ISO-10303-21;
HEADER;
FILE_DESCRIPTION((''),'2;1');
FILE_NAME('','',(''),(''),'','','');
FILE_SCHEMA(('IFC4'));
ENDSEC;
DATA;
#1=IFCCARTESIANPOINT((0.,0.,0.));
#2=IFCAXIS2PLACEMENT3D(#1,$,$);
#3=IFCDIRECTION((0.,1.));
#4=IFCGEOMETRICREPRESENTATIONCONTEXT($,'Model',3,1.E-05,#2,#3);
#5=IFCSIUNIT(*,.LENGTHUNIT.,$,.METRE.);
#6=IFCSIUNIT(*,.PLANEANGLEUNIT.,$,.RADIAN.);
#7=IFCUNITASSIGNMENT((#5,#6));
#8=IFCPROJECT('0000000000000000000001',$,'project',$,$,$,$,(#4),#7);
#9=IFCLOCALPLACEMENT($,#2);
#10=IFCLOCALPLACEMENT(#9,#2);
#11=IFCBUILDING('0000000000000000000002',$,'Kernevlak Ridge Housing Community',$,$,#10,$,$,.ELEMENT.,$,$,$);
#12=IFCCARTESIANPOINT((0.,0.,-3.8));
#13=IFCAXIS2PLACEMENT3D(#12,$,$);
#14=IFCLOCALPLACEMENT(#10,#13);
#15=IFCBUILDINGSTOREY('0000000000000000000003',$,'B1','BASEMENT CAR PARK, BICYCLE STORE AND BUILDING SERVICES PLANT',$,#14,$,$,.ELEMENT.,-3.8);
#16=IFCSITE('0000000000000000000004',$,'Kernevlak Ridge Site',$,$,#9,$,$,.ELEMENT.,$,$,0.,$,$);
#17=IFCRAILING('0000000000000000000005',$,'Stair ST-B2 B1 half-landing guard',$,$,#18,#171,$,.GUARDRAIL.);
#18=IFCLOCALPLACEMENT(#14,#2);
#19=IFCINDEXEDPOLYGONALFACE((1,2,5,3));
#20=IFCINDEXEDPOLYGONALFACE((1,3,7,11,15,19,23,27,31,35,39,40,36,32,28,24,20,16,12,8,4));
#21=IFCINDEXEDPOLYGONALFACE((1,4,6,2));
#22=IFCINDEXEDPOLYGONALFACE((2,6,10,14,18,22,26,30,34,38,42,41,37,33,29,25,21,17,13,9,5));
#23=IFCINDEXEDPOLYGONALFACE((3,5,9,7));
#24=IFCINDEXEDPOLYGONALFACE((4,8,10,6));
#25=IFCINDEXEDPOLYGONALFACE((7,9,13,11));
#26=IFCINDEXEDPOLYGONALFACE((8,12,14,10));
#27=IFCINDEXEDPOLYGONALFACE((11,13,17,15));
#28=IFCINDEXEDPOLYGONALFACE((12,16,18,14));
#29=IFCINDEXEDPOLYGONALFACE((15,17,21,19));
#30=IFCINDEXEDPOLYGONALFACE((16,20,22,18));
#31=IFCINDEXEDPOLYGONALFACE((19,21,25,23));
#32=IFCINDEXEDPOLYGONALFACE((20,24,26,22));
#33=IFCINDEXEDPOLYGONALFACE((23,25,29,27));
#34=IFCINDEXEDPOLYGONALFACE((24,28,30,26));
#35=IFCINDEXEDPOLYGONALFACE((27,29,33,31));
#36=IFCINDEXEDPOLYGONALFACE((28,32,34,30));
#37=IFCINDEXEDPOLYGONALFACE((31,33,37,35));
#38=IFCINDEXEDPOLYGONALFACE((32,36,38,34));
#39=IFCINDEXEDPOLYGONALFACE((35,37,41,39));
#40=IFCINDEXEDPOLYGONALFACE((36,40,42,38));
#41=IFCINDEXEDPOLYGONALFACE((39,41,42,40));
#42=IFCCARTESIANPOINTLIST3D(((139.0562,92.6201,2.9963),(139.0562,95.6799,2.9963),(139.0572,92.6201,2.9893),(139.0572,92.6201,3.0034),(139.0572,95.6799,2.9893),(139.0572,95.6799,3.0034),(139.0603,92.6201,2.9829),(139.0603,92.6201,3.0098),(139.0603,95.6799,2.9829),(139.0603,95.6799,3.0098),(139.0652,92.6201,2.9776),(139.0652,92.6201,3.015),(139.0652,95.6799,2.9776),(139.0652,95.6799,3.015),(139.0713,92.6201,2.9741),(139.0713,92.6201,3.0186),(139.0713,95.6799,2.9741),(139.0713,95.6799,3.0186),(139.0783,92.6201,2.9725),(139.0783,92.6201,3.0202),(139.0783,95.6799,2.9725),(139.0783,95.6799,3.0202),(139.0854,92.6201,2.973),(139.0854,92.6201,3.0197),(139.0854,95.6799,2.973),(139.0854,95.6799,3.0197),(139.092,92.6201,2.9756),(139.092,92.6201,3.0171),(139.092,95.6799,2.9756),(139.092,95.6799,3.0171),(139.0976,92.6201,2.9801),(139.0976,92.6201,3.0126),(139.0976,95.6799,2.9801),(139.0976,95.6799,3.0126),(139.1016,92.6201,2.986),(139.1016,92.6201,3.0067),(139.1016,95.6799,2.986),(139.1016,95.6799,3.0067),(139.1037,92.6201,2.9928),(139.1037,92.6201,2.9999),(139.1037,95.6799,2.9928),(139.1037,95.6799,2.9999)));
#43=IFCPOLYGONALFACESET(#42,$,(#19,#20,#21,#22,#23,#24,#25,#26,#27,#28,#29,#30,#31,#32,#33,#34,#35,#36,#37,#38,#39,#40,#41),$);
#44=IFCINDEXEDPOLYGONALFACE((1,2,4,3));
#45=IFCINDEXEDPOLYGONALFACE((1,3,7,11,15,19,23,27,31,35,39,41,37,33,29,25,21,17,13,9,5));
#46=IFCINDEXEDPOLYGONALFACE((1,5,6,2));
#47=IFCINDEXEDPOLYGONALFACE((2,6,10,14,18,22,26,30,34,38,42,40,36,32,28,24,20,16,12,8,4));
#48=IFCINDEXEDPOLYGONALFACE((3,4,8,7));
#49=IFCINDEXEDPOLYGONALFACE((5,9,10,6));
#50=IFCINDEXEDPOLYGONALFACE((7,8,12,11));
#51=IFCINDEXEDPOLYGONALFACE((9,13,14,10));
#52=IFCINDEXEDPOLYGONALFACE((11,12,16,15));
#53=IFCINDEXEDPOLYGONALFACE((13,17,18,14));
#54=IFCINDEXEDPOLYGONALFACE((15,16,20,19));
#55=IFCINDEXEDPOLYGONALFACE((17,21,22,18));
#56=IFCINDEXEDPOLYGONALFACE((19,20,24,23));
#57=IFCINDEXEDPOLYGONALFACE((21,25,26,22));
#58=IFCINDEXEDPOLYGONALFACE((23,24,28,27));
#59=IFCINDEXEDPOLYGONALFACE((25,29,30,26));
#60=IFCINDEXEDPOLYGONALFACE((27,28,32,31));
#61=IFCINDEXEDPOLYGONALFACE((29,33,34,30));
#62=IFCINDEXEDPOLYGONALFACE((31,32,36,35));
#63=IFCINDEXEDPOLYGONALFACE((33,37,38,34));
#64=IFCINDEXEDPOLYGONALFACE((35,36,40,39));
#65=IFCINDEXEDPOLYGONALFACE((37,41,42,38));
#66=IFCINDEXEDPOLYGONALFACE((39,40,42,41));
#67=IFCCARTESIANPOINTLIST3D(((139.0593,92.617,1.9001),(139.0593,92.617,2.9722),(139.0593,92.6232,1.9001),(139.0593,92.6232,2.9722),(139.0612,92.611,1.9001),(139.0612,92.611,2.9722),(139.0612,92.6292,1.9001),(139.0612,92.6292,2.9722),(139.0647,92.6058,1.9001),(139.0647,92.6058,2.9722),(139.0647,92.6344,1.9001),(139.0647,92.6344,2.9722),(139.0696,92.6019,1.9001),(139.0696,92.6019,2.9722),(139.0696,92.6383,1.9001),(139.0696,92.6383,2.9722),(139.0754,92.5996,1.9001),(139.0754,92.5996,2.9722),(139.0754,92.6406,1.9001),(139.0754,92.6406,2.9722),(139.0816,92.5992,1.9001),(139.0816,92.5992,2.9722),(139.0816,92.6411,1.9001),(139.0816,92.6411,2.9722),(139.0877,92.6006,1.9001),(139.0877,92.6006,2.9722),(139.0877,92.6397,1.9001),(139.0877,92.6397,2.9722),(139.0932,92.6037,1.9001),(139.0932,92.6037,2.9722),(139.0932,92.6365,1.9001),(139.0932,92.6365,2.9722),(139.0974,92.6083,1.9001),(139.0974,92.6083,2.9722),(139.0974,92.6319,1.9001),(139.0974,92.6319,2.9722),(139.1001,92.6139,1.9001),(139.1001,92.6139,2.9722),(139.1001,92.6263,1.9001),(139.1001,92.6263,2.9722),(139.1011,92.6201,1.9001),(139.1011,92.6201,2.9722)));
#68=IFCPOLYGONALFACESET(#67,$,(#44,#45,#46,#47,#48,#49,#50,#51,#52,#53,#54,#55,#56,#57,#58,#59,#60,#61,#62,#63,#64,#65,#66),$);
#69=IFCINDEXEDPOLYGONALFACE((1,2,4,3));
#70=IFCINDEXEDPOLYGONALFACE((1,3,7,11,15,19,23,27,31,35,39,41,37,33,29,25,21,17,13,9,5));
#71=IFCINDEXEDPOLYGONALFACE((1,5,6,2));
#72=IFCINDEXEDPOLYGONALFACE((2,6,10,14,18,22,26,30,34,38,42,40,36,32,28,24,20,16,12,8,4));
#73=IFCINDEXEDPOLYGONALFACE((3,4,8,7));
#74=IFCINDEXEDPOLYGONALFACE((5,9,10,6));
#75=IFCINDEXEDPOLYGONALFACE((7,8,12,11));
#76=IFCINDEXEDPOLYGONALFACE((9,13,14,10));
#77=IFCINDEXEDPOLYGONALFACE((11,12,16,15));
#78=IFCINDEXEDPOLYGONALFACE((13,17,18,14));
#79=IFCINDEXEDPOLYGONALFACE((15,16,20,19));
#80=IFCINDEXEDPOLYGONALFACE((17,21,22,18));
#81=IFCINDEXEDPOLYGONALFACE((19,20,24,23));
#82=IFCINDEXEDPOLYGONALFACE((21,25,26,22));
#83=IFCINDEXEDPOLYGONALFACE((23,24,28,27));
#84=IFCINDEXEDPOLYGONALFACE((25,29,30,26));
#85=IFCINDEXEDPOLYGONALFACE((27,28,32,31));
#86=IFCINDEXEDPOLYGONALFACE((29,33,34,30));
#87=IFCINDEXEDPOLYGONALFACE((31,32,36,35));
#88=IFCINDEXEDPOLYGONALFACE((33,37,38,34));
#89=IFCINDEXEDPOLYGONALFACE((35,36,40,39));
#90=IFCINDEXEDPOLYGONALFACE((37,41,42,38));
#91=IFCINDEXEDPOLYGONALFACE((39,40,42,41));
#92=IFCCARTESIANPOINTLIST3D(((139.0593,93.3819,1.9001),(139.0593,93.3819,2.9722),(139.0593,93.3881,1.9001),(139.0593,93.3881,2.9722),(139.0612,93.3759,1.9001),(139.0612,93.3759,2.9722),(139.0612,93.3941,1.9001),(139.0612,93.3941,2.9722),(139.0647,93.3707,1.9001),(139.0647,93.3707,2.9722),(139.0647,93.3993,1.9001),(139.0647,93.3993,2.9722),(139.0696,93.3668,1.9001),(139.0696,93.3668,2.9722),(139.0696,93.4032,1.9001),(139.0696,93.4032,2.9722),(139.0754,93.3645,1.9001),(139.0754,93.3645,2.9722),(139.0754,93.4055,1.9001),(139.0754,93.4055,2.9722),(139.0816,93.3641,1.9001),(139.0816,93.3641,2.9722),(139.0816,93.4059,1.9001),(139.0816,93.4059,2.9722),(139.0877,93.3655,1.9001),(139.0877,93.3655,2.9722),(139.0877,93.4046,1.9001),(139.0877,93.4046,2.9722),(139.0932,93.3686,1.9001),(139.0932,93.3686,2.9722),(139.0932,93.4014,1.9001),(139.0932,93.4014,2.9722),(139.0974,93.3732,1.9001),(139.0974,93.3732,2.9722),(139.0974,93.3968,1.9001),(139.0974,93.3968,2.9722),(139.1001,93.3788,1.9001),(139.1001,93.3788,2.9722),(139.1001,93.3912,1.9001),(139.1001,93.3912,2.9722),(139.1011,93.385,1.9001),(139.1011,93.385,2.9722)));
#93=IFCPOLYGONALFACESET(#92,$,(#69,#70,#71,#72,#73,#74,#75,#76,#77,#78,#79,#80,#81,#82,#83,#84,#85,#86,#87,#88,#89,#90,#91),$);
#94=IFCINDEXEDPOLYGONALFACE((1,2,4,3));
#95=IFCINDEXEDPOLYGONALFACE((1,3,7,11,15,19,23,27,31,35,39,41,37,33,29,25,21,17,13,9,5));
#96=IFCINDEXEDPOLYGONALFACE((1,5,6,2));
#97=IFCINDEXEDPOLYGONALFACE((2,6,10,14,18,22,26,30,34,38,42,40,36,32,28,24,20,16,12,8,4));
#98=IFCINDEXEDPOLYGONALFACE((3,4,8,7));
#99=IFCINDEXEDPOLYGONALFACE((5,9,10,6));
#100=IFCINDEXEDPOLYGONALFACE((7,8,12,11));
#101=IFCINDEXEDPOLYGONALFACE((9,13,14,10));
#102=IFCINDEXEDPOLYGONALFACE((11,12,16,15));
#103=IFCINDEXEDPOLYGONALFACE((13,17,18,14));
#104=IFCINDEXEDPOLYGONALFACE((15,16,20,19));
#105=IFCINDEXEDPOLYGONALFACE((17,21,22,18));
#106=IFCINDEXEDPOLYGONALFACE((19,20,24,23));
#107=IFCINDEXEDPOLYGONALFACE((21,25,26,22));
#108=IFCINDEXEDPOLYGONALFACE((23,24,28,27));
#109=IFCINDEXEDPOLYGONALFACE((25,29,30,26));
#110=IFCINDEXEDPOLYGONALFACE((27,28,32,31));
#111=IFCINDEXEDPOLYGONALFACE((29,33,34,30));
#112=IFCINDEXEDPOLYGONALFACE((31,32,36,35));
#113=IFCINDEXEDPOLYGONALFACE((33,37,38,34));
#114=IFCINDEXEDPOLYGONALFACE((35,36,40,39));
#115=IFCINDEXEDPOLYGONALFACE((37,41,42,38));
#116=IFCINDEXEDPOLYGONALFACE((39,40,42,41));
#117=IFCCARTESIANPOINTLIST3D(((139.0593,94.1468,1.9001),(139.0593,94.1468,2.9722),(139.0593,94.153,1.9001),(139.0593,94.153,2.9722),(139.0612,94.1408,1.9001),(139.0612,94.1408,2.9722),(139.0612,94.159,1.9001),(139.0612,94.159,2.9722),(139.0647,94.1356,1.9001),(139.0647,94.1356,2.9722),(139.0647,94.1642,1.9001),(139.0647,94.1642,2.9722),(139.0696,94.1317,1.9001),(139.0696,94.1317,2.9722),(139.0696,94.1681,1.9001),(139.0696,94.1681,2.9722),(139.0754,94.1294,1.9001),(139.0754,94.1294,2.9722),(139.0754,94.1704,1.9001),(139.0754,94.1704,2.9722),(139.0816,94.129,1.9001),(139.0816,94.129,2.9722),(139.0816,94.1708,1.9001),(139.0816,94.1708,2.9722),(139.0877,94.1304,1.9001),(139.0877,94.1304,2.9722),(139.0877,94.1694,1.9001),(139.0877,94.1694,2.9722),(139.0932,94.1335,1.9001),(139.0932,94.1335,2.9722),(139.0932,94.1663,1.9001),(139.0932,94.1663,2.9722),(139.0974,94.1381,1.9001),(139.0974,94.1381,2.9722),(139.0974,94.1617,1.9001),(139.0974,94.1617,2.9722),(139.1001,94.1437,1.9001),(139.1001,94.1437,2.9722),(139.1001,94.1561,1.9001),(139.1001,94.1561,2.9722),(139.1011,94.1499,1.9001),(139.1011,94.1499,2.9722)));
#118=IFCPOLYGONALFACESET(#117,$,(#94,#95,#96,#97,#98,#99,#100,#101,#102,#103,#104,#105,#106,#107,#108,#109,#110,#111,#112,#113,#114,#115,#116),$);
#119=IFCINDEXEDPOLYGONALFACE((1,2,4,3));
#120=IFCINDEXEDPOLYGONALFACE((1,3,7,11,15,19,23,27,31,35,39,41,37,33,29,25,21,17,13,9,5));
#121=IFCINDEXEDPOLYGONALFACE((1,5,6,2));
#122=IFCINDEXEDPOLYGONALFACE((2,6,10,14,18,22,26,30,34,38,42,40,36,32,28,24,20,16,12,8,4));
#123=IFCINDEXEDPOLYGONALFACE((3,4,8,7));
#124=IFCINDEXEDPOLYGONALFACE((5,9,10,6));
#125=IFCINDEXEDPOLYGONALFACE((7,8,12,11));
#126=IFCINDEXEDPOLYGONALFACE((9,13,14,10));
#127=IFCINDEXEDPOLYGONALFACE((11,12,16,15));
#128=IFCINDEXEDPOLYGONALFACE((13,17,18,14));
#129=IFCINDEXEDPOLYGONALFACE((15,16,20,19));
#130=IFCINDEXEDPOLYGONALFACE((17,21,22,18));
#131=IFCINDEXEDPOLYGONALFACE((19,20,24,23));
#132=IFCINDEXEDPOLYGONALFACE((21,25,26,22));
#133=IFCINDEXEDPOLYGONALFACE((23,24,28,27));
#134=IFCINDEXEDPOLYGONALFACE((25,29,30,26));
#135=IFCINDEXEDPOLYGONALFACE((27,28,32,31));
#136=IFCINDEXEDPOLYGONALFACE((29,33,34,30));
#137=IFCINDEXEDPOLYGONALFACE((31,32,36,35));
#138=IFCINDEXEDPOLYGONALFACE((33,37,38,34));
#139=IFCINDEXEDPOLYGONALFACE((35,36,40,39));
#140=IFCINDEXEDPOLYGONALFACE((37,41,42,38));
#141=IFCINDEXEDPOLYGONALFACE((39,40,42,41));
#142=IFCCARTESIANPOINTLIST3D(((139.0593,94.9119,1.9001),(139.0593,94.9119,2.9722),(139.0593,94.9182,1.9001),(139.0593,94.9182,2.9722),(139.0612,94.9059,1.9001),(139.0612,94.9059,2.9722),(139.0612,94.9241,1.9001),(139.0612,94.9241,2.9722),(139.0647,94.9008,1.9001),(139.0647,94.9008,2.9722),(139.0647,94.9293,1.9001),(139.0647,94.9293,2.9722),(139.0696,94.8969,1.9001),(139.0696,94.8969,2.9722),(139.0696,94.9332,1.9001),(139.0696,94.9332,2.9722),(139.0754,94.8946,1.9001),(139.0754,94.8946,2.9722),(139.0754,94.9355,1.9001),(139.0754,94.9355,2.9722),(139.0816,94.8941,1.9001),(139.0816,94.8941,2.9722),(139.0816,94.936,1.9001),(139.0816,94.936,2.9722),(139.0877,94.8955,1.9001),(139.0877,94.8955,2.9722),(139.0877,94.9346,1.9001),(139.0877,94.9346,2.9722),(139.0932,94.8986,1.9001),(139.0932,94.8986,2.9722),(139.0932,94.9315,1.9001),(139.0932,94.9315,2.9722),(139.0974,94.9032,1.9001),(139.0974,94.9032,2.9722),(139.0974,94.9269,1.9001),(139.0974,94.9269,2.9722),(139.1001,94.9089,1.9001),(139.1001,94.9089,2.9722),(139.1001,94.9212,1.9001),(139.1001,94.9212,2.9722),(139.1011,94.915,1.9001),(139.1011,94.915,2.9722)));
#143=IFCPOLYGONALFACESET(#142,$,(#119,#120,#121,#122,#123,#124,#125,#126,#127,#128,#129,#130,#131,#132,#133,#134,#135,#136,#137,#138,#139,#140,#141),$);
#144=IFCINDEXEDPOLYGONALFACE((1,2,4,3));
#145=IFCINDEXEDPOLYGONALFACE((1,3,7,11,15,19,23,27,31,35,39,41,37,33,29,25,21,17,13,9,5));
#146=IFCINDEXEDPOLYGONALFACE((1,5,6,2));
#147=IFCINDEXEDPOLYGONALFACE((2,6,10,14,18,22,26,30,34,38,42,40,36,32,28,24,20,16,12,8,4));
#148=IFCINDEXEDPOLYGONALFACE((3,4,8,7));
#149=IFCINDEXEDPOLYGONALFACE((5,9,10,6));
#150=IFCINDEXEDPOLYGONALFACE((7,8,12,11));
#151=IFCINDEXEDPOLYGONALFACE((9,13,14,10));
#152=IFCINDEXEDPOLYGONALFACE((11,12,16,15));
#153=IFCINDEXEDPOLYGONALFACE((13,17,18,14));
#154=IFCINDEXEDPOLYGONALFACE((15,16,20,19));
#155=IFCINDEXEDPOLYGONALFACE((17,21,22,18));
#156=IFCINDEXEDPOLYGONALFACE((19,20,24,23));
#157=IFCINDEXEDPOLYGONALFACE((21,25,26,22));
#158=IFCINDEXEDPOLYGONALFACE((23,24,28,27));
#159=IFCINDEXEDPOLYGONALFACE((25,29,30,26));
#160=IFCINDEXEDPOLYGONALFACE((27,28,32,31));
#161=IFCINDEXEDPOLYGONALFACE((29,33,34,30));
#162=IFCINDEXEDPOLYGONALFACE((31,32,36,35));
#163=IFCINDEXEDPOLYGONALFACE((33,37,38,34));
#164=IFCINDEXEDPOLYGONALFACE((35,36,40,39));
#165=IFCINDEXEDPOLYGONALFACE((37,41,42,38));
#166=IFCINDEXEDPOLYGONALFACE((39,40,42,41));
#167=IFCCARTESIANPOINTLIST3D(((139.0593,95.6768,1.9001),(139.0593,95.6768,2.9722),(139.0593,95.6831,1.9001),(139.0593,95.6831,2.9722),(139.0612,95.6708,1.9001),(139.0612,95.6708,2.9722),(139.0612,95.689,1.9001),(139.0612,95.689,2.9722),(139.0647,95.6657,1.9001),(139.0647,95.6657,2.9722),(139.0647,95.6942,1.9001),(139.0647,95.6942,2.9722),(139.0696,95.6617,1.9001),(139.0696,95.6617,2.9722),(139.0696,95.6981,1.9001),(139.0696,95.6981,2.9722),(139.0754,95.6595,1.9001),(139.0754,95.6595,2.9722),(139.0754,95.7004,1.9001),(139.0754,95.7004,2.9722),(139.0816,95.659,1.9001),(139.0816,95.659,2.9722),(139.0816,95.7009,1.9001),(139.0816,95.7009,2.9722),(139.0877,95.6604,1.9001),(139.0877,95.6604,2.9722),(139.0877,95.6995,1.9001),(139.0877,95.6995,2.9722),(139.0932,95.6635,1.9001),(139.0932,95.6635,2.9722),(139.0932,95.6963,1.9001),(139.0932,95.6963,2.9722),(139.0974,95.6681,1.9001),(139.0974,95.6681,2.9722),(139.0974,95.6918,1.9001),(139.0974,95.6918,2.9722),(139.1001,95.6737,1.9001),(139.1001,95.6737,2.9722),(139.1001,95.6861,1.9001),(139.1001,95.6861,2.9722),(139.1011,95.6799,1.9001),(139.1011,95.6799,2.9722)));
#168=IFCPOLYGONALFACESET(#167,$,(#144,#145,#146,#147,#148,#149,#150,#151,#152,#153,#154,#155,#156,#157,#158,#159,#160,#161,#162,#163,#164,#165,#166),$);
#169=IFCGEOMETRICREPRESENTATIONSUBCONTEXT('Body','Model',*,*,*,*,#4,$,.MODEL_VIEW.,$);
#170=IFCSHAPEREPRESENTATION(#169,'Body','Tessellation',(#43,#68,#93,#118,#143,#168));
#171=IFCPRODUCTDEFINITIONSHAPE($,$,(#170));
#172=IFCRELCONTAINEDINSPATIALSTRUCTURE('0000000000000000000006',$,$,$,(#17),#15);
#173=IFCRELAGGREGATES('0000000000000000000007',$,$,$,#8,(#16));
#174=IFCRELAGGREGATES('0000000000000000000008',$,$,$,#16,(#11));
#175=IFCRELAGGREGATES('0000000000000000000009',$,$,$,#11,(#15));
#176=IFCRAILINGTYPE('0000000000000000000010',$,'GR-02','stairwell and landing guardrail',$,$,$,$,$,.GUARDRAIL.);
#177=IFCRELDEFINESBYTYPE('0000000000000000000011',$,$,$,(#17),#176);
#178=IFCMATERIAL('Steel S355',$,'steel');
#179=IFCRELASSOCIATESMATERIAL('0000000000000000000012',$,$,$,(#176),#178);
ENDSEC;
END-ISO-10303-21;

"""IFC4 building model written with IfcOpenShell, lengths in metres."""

from ifc_helpers import new_model, si_unit, direction, frame, origin, origin_2d, place, context, subcontext, project, spatial, circle, extrude, material, type_object, element, save


model = new_model("IFC4")

# Units and contexts
model_context = context("Model", 3, precision=1e-05, world=origin(), true_north=direction((0.0, 1.0)))
body_context = subcontext(model_context, "Body", "Model", "MODEL_VIEW")
ifc_project = project(units=[si_unit("LENGTHUNIT", "METRE"), si_unit("PLANEANGLEUNIT", "RADIAN")], contexts=[model_context])

# Site, building, storey
site_placement = place(None, origin())
site = spatial("IfcSite", under=ifc_project, at=site_placement, Name="Kernevlak Ridge Site", CompositionType="ELEMENT", RefElevation=0.0)
building_placement = place(site_placement, origin())
building = spatial("IfcBuilding", under=site, at=building_placement, Name="Kernevlak Ridge Housing Community", CompositionType="ELEMENT")
storey_placement = place(building_placement, frame((0.0, 0.0, -3.8)))
storey = spatial("IfcBuildingStorey", under=building, at=storey_placement, Name="B1", Description="BASEMENT CAR PARK, BICYCLE STORE AND BUILDING SERVICES PLANT", CompositionType="ELEMENT", Elevation=-3.8)

# Railing
ifc_material_1 = material(Name="Steel S355", Category="steel")
railing_type_1 = type_object("IfcRailingType", Name="GR-02", Description="stairwell and landing guardrail", PredefinedType="GUARDRAIL", material=ifc_material_1)
railing_1_placement = place(storey_placement, frame((139.0801, 92.6201, 1.9001)))
element("IfcRailing", 1, at=railing_1_placement, inside=storey, type_object=railing_type_1, Name="Stair ST-B2 B1 half-landing guard", PredefinedType="GUARDRAIL", context=body_context, shape_type="SweptSolid", body=[
    extrude(circle(Radius=0.0239, at=origin_2d()), frame((0.0, 0.0, 1.0962), z_axis=(0.0, 1.0, 0.0), x_axis=(-1.0, 0.0, 0.0)), (0.0, 0.0, 1.0), 3.0598),
    extrude(circle(Radius=0.021, at=origin_2d()), origin(), (0.0, 0.0, 1.0), 1.072),
    extrude(circle(Radius=0.021, at=origin_2d()), frame((0.0, 0.7649, 0.0)), (0.0, 0.0, 1.0), 1.072),
    extrude(circle(Radius=0.021, at=origin_2d()), frame((0.0, 1.5298, 0.0)), (0.0, 0.0, 1.0), 1.072),
    extrude(circle(Radius=0.021, at=origin_2d()), frame((0.0, 2.2949, 0.0)), (0.0, 0.0, 1.0), 1.072),
    extrude(circle(Radius=0.021, at=origin_2d()), frame((0.0, 3.0598, 0.0)), (0.0, 0.0, 1.0), 1.072),
])

save(model, "model.ifc")
